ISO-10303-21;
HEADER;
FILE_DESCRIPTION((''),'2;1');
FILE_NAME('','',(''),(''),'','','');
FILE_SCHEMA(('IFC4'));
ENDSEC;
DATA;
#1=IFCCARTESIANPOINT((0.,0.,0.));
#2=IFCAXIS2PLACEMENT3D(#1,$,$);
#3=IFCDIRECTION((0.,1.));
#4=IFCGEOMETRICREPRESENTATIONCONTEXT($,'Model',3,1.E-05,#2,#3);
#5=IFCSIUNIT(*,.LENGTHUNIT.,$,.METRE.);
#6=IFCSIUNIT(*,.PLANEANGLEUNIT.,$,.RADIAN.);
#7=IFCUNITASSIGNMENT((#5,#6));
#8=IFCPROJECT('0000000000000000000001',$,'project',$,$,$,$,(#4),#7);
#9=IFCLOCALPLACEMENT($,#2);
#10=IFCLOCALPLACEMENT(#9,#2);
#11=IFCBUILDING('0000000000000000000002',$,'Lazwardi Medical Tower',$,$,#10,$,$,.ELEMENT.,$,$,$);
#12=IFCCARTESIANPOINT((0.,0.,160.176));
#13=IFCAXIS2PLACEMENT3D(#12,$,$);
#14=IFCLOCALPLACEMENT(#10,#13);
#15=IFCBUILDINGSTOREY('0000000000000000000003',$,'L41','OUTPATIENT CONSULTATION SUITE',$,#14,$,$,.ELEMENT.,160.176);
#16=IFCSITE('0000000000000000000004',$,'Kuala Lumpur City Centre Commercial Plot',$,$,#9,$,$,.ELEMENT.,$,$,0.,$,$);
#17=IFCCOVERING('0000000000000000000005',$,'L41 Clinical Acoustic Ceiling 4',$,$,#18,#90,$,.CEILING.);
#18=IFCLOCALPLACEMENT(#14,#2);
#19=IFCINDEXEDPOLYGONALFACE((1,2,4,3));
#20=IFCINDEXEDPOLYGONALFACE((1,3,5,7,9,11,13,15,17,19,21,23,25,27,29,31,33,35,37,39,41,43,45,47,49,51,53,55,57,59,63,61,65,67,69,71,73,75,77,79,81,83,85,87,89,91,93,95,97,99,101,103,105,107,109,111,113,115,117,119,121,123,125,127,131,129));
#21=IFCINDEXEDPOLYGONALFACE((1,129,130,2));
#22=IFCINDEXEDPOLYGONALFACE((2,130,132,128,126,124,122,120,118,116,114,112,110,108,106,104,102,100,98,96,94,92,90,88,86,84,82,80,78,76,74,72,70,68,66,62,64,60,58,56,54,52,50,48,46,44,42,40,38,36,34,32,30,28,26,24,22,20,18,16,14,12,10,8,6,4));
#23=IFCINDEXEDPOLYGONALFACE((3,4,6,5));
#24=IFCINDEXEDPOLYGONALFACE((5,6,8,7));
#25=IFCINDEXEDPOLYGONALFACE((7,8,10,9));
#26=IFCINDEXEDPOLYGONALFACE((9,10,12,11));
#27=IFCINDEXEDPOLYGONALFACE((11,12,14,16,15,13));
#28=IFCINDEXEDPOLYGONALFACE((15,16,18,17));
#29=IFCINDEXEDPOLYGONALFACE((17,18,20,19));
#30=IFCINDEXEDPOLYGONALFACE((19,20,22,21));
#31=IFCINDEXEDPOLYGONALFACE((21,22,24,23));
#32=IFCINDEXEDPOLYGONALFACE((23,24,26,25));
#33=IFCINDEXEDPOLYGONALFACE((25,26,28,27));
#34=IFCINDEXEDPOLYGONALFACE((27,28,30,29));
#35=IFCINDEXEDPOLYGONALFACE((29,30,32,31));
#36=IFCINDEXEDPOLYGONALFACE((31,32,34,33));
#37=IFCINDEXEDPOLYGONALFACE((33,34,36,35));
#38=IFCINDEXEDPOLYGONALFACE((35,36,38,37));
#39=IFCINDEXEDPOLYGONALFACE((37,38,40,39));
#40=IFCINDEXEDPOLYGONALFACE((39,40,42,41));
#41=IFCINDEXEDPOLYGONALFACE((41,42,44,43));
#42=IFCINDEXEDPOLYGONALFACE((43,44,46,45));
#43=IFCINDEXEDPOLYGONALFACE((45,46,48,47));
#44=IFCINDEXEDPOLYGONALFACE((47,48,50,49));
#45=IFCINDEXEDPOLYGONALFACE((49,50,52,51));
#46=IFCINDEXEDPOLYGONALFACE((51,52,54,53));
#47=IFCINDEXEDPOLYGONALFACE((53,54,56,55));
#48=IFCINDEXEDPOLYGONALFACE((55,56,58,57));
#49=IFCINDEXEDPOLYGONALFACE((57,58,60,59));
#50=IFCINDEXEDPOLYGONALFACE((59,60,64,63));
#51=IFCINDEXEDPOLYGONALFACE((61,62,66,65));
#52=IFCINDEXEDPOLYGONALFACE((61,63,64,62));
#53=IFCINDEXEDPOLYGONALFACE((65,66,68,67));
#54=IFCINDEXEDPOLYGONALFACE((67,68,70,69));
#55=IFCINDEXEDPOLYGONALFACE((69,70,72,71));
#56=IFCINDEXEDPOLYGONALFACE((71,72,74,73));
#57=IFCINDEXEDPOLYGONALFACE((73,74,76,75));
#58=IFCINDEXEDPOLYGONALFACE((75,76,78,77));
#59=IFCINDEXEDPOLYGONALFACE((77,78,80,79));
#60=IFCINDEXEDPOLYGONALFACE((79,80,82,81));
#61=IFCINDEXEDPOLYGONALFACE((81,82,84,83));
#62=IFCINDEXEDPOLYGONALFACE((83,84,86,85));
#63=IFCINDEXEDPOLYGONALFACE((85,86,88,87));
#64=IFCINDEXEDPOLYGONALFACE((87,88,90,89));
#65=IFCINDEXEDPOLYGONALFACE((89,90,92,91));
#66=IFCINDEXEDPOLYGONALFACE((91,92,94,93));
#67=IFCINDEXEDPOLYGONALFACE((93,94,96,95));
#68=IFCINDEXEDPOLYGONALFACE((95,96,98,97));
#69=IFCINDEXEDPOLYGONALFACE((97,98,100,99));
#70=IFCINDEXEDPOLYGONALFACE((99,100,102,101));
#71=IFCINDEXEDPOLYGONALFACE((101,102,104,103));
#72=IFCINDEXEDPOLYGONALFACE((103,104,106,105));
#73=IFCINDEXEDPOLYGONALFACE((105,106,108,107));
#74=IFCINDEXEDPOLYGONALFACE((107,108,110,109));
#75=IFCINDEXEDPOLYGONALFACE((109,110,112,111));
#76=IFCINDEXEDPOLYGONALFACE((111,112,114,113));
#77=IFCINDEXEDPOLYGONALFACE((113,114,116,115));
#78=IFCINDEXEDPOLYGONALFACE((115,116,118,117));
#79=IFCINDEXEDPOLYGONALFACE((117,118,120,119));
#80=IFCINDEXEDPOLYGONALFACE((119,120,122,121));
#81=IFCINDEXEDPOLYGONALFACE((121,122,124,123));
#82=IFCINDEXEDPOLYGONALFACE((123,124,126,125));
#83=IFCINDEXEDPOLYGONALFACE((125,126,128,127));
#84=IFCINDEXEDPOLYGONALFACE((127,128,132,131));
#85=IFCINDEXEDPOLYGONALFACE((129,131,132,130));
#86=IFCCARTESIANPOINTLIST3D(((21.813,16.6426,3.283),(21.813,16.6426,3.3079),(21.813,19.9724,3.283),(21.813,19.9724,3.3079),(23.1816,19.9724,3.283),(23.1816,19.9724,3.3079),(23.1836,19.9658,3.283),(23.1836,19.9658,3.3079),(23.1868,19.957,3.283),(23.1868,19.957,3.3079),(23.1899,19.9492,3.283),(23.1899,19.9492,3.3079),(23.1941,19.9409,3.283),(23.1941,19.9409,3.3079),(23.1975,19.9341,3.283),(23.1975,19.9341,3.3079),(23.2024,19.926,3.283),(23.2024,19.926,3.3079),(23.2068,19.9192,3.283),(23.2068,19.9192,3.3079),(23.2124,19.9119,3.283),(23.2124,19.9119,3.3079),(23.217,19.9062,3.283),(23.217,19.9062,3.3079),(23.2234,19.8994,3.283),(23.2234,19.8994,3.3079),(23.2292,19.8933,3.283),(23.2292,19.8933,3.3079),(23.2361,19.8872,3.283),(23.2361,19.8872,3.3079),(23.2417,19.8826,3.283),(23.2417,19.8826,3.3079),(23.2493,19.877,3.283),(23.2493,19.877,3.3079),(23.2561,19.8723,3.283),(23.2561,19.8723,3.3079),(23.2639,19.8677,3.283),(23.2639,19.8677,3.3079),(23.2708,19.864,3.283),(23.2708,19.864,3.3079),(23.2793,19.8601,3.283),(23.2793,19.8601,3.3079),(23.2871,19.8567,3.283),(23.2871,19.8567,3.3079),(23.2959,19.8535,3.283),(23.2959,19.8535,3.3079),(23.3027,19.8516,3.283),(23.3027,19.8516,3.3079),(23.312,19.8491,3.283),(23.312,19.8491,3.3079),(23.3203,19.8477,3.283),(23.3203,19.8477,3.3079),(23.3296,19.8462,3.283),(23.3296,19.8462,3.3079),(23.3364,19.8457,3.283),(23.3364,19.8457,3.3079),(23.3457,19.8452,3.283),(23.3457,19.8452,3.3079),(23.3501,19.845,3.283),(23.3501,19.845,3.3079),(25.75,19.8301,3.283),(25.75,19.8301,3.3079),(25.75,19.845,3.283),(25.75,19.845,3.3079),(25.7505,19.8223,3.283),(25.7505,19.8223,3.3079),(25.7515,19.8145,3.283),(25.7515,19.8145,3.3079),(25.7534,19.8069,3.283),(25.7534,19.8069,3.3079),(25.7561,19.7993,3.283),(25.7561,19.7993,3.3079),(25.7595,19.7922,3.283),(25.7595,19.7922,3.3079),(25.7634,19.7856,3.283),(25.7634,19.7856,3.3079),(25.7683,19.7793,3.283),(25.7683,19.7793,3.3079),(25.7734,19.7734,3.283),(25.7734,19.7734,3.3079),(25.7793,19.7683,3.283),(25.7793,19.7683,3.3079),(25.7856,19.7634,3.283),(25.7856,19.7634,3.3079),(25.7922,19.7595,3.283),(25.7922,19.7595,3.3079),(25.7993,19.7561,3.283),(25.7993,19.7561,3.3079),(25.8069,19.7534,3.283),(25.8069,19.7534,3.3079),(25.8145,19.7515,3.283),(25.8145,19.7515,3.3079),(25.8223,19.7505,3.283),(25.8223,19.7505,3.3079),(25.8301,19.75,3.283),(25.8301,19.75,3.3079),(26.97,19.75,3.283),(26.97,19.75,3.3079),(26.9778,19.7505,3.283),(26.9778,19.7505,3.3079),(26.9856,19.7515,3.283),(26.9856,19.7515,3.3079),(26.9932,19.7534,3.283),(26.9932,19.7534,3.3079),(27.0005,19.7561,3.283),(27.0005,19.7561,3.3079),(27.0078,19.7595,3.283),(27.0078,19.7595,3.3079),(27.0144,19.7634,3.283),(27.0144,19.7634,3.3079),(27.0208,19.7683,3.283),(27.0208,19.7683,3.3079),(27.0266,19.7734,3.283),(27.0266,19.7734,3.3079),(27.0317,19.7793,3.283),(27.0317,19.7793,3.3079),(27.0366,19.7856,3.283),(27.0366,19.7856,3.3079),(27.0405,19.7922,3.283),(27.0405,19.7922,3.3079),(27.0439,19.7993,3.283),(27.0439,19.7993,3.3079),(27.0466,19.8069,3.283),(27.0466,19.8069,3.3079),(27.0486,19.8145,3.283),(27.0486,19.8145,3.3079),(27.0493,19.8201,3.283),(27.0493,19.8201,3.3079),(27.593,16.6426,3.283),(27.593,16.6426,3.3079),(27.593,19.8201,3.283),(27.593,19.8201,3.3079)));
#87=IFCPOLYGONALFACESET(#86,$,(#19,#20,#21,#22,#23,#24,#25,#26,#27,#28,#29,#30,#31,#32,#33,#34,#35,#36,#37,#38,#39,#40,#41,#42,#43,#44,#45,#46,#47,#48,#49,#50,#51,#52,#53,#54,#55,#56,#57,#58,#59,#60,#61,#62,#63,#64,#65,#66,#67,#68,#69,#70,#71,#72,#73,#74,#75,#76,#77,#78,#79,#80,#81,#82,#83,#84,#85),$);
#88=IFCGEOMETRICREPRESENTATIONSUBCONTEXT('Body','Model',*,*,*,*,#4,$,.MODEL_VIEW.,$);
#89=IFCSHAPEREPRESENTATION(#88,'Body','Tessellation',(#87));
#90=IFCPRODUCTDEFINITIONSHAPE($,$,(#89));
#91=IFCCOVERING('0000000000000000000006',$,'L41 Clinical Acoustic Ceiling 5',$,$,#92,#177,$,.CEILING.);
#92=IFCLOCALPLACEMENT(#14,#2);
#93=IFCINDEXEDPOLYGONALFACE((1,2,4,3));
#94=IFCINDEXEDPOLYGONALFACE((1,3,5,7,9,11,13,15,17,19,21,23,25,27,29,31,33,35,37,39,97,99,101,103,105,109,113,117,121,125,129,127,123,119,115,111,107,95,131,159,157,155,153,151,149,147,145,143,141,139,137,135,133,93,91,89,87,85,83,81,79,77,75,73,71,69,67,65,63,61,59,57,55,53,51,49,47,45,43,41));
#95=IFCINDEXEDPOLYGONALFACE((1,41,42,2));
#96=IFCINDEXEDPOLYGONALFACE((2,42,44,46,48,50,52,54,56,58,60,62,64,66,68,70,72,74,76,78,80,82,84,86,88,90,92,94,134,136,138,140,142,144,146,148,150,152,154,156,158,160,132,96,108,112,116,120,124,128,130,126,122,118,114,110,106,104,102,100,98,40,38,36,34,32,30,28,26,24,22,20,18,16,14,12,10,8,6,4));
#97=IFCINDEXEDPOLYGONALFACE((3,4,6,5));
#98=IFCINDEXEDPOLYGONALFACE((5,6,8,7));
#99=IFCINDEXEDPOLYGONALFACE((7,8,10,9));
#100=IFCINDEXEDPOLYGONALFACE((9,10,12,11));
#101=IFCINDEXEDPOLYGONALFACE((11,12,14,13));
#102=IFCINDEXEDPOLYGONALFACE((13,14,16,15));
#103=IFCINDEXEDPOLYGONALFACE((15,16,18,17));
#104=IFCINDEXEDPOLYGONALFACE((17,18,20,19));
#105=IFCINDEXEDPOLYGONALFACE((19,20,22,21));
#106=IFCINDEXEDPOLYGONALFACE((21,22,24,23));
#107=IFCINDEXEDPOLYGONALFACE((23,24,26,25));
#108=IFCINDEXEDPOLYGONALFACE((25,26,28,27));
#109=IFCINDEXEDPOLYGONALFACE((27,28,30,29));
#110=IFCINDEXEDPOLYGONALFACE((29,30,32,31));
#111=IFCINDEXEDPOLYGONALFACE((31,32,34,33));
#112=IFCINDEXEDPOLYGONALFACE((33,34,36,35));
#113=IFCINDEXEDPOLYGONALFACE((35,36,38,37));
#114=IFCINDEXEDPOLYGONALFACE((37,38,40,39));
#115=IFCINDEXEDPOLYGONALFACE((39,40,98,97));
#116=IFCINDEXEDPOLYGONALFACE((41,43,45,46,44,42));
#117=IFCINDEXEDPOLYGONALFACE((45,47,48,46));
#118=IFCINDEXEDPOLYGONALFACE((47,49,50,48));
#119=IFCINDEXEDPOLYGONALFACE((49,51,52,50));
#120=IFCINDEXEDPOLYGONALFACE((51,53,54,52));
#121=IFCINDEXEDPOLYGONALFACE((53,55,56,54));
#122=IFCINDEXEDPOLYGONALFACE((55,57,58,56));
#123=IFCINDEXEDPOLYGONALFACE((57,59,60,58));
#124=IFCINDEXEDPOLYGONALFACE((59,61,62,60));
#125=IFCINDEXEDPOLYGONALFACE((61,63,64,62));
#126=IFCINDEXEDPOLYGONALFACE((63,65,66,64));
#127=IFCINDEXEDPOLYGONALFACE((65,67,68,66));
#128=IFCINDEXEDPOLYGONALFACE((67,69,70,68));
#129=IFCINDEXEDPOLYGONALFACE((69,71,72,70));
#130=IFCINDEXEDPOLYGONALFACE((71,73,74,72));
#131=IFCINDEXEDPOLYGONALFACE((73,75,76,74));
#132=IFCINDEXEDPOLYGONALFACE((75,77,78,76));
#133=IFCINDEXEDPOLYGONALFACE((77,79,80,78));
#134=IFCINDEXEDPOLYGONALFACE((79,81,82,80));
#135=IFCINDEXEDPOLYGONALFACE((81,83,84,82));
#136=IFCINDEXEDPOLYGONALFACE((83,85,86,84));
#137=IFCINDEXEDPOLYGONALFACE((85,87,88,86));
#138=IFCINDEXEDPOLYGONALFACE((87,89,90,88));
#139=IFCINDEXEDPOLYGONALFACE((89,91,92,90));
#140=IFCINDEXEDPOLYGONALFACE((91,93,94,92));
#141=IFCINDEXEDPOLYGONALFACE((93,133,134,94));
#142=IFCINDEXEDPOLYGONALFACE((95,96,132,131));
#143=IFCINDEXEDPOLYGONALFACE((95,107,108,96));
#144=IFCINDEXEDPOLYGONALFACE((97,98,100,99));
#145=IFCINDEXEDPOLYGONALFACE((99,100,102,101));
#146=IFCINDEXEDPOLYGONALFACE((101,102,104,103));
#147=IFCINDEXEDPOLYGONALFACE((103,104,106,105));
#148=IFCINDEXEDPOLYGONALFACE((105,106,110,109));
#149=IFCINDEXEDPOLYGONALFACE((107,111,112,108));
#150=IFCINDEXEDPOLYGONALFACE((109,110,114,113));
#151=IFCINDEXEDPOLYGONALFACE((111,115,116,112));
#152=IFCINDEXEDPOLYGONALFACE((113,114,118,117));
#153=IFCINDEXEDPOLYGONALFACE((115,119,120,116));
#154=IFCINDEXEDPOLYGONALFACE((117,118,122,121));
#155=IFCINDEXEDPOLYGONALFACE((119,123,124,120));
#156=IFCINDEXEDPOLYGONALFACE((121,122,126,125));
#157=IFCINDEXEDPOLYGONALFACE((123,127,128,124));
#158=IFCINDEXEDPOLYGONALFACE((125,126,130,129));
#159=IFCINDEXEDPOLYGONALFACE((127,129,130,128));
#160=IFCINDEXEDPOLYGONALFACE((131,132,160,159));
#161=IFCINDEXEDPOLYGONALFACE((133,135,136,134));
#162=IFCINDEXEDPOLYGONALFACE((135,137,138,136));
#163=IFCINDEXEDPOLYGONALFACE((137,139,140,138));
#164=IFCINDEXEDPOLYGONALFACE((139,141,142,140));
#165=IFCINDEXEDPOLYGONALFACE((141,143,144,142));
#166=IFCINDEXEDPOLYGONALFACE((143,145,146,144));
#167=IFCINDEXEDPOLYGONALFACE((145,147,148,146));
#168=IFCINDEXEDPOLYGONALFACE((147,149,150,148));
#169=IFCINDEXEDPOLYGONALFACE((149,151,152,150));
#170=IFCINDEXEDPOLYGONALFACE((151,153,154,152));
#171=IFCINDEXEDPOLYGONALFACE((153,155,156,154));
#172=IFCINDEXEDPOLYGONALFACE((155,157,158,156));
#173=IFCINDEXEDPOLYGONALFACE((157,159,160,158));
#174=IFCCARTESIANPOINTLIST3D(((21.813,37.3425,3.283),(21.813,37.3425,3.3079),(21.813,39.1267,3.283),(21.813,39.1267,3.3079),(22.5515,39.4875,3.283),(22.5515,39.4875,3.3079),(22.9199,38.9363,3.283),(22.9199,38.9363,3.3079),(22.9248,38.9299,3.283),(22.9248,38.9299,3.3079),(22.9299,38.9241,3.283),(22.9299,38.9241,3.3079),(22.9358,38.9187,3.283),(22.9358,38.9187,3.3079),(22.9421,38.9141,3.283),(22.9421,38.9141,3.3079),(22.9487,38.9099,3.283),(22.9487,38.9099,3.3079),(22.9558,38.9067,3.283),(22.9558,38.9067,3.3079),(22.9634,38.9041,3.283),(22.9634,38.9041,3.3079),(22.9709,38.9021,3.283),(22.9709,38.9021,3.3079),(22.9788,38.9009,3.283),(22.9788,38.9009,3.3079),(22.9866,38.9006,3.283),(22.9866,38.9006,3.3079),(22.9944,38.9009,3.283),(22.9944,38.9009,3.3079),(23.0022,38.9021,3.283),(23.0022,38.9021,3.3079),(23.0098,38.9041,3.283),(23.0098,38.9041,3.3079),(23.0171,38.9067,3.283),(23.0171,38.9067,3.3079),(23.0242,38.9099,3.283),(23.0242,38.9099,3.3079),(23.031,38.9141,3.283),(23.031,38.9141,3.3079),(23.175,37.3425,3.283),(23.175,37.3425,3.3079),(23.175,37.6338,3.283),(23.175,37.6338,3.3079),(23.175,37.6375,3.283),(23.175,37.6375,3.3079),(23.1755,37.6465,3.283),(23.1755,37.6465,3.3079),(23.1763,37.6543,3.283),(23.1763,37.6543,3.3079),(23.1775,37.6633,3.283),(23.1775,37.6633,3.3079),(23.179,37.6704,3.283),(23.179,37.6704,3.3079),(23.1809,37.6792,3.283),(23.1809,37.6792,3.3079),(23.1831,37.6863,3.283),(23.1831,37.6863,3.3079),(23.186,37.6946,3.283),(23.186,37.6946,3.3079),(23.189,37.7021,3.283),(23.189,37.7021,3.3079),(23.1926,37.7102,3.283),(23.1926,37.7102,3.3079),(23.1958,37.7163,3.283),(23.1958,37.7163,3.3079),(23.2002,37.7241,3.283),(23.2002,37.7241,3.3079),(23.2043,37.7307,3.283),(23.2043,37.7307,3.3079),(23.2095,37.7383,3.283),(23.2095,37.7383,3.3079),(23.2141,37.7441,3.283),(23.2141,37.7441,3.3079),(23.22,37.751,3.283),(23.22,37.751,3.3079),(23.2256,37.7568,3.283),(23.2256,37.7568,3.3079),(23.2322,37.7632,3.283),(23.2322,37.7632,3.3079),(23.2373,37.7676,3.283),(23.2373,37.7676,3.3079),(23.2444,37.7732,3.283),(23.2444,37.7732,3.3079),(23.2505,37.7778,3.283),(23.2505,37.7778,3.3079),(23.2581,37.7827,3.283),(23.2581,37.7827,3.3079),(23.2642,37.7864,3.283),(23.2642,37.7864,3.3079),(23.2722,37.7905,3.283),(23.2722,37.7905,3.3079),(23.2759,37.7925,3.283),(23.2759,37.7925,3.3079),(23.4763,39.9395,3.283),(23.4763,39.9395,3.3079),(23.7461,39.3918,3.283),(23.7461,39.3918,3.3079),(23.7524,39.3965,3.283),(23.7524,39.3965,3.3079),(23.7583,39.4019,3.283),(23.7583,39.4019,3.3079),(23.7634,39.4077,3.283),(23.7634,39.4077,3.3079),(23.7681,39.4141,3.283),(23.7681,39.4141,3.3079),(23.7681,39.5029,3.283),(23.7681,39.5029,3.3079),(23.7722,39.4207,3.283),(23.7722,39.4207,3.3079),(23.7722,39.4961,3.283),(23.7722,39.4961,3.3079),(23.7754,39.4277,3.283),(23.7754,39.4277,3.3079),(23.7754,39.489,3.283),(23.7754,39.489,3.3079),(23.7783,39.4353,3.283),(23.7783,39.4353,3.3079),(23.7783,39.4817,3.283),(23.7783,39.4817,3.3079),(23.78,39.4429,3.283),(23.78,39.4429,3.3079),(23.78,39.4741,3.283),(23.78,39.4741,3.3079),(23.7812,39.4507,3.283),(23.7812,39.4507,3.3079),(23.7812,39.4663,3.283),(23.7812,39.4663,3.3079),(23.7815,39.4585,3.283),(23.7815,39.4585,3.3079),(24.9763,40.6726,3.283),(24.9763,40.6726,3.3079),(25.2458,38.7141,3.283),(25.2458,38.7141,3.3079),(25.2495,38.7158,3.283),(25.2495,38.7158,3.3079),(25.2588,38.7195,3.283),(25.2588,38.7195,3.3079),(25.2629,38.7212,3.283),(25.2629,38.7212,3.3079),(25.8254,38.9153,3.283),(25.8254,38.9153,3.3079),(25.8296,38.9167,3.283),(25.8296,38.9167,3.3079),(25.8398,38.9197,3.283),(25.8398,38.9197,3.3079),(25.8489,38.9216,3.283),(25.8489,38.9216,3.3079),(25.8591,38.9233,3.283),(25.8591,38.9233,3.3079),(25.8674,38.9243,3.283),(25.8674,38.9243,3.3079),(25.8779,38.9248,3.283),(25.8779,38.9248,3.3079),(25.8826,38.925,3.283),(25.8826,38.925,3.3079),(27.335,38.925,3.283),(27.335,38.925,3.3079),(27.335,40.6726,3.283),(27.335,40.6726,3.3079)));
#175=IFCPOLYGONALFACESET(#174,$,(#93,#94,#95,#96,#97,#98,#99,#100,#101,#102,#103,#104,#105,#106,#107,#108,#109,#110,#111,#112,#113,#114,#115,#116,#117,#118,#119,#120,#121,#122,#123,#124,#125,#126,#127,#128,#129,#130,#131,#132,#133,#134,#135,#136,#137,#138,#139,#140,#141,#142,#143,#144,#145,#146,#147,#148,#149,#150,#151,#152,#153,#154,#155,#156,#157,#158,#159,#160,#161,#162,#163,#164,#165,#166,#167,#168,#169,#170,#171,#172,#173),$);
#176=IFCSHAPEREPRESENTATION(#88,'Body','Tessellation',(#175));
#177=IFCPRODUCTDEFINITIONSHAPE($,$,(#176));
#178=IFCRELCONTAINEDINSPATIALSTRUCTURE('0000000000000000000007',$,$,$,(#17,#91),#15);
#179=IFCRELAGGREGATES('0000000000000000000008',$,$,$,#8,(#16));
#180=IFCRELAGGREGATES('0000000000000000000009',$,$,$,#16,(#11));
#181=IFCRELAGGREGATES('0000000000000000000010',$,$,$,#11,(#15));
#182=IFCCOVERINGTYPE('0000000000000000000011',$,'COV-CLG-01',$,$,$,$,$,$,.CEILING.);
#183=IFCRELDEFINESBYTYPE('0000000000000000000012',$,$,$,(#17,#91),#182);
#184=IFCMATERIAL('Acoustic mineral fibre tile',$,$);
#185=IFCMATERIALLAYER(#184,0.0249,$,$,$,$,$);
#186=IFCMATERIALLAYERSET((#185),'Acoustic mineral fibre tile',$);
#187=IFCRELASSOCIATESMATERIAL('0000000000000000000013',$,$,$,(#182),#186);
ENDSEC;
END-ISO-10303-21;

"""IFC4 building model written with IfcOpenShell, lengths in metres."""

from ifc_helpers import new_model, si_unit, direction, frame, origin, place, context, subcontext, project, spatial, polyline, outline, extrude, material, layer, layer_set, type_object, element, save


model = new_model("IFC4")

# Units and contexts
model_context = context("Model", 3, precision=1e-05, world=origin(), true_north=direction((0.0, 1.0)))
body_context = subcontext(model_context, "Body", "Model", "MODEL_VIEW")
ifc_project = project(units=[si_unit("LENGTHUNIT", "METRE"), si_unit("PLANEANGLEUNIT", "RADIAN")], contexts=[model_context])

# Site, building, storey
site_placement = place(None, origin())
site = spatial("IfcSite", under=ifc_project, at=site_placement, Name="Kuala Lumpur City Centre Commercial Plot", CompositionType="ELEMENT", RefElevation=0.0)
building_placement = place(site_placement, origin())
building = spatial("IfcBuilding", under=site, at=building_placement, Name="Lazwardi Medical Tower", CompositionType="ELEMENT")
storey_placement = place(building_placement, frame((0.0, 0.0, 160.176)))
storey = spatial("IfcBuildingStorey", under=building, at=storey_placement, Name="L41", Description="OUTPATIENT CONSULTATION SUITE", CompositionType="ELEMENT", Elevation=160.176)

# Coverings
ifc_material_1 = material(Name="Acoustic mineral fibre tile")
ifc_layer_1 = layer(ifc_material_1, 0.0249)
ifc_layer_set_1 = layer_set([ifc_layer_1], Name="Acoustic mineral fibre tile")
covering_type_1 = type_object("IfcCoveringType", Name="COV-CLG-01", PredefinedType="CEILING", material=ifc_layer_set_1)
covering_1_placement = place(storey_placement, frame((0.0, 0.0, 3.283)))
element("IfcCovering", 1, at=covering_1_placement, inside=storey, type_object=covering_type_1, Name="L41 Clinical Acoustic Ceiling 4", PredefinedType="CEILING", context=body_context, shape_type="SweptSolid", body=[
    extrude(outline(polyline([(27.593, 19.8201), (27.0493, 19.8201), (27.0486, 19.8145), (27.0466, 19.8069), (27.0439, 19.7993), (27.0405, 19.7922), (27.0366, 19.7856), (27.0317, 19.7793), (27.0266, 19.7734), (27.0208, 19.7683), (27.0144, 19.7634), (27.0078, 19.7595), (27.0005, 19.7561), (26.9932, 19.7534), (26.9856, 19.7515), (26.9778, 19.7505), (26.97, 19.75), (25.8301, 19.75), (25.8223, 19.7505), (25.8145, 19.7515), (25.8069, 19.7534), (25.7993, 19.7561), (25.7922, 19.7595), (25.7856, 19.7634), (25.7793, 19.7683), (25.7734, 19.7734), (25.7683, 19.7793), (25.7634, 19.7856), (25.7595, 19.7922), (25.7561, 19.7993), (25.7534, 19.8069), (25.7515, 19.8145), (25.7505, 19.8223), (25.75, 19.8301), (25.75, 19.845), (23.3501, 19.845), (23.3457, 19.8452), (23.3364, 19.8457), (23.3296, 19.8462), (23.3203, 19.8477), (23.312, 19.8491), (23.3027, 19.8516), (23.2959, 19.8535), (23.2871, 19.8567), (23.2793, 19.8601), (23.2708, 19.864), (23.2639, 19.8677), (23.2561, 19.8723), (23.2493, 19.877), (23.2417, 19.8826), (23.2361, 19.8872), (23.2292, 19.8933), (23.2234, 19.8994), (23.217, 19.9062), (23.2124, 19.9119), (23.2068, 19.9192), (23.2024, 19.926), (23.1975, 19.9341), (23.1941, 19.9409), (23.1899, 19.9492), (23.1868, 19.957), (23.1836, 19.9658), (23.1816, 19.9724), (21.813, 19.9724), (21.813, 16.6426), (27.593, 16.6426), (27.593, 19.8201)])), origin(), (0.0, 0.0, 1.0), 0.0249),
])
covering_2_placement = place(storey_placement, frame((0.0, 0.0, 3.283)))
element("IfcCovering", 2, at=covering_2_placement, inside=storey, type_object=covering_type_1, Name="L41 Clinical Acoustic Ceiling 5", PredefinedType="CEILING", context=body_context, shape_type="SweptSolid", body=[
    extrude(outline(polyline([(24.9763, 40.6726), (23.4763, 39.9395), (23.7681, 39.5029), (23.7722, 39.4961), (23.7754, 39.489), (23.7783, 39.4817), (23.78, 39.4741), (23.7812, 39.4663), (23.7815, 39.4585), (23.7812, 39.4507), (23.78, 39.4429), (23.7783, 39.4353), (23.7754, 39.4277), (23.7722, 39.4207), (23.7681, 39.4141), (23.7634, 39.4077), (23.7583, 39.4019), (23.7524, 39.3965), (23.7461, 39.3918), (23.031, 38.9141), (23.0242, 38.9099), (23.0171, 38.9067), (23.0098, 38.9041), (23.0022, 38.9021), (22.9944, 38.9009), (22.9866, 38.9006), (22.9788, 38.9009), (22.9709, 38.9021), (22.9634, 38.9041), (22.9558, 38.9067), (22.9487, 38.9099), (22.9421, 38.9141), (22.9358, 38.9187), (22.9299, 38.9241), (22.9248, 38.9299), (22.9199, 38.9363), (22.5515, 39.4875), (21.813, 39.1267), (21.813, 37.3425), (23.175, 37.3425), (23.175, 37.6338), (23.175, 37.6375), (23.1755, 37.6465), (23.1763, 37.6543), (23.1775, 37.6633), (23.179, 37.6704), (23.1809, 37.6792), (23.1831, 37.6863), (23.186, 37.6946), (23.189, 37.7021), (23.1926, 37.7102), (23.1958, 37.7163), (23.2002, 37.7241), (23.2043, 37.7307), (23.2095, 37.7383), (23.2141, 37.7441), (23.22, 37.751), (23.2256, 37.7568), (23.2322, 37.7632), (23.2373, 37.7676), (23.2444, 37.7732), (23.2505, 37.7778), (23.2581, 37.7827), (23.2642, 37.7864), (23.2722, 37.7905), (23.2759, 37.7925), (25.2458, 38.7141), (25.2495, 38.7158), (25.2588, 38.7195), (25.2629, 38.7212), (25.8254, 38.9153), (25.8296, 38.9167), (25.8398, 38.9197), (25.8489, 38.9216), (25.8591, 38.9233), (25.8674, 38.9243), (25.8779, 38.9248), (25.8826, 38.925), (27.335, 38.925), (27.335, 40.6726), (24.9763, 40.6726)])), origin(), (0.0, 0.0, 1.0), 0.0249),
])

save(model, "model.ifc")
